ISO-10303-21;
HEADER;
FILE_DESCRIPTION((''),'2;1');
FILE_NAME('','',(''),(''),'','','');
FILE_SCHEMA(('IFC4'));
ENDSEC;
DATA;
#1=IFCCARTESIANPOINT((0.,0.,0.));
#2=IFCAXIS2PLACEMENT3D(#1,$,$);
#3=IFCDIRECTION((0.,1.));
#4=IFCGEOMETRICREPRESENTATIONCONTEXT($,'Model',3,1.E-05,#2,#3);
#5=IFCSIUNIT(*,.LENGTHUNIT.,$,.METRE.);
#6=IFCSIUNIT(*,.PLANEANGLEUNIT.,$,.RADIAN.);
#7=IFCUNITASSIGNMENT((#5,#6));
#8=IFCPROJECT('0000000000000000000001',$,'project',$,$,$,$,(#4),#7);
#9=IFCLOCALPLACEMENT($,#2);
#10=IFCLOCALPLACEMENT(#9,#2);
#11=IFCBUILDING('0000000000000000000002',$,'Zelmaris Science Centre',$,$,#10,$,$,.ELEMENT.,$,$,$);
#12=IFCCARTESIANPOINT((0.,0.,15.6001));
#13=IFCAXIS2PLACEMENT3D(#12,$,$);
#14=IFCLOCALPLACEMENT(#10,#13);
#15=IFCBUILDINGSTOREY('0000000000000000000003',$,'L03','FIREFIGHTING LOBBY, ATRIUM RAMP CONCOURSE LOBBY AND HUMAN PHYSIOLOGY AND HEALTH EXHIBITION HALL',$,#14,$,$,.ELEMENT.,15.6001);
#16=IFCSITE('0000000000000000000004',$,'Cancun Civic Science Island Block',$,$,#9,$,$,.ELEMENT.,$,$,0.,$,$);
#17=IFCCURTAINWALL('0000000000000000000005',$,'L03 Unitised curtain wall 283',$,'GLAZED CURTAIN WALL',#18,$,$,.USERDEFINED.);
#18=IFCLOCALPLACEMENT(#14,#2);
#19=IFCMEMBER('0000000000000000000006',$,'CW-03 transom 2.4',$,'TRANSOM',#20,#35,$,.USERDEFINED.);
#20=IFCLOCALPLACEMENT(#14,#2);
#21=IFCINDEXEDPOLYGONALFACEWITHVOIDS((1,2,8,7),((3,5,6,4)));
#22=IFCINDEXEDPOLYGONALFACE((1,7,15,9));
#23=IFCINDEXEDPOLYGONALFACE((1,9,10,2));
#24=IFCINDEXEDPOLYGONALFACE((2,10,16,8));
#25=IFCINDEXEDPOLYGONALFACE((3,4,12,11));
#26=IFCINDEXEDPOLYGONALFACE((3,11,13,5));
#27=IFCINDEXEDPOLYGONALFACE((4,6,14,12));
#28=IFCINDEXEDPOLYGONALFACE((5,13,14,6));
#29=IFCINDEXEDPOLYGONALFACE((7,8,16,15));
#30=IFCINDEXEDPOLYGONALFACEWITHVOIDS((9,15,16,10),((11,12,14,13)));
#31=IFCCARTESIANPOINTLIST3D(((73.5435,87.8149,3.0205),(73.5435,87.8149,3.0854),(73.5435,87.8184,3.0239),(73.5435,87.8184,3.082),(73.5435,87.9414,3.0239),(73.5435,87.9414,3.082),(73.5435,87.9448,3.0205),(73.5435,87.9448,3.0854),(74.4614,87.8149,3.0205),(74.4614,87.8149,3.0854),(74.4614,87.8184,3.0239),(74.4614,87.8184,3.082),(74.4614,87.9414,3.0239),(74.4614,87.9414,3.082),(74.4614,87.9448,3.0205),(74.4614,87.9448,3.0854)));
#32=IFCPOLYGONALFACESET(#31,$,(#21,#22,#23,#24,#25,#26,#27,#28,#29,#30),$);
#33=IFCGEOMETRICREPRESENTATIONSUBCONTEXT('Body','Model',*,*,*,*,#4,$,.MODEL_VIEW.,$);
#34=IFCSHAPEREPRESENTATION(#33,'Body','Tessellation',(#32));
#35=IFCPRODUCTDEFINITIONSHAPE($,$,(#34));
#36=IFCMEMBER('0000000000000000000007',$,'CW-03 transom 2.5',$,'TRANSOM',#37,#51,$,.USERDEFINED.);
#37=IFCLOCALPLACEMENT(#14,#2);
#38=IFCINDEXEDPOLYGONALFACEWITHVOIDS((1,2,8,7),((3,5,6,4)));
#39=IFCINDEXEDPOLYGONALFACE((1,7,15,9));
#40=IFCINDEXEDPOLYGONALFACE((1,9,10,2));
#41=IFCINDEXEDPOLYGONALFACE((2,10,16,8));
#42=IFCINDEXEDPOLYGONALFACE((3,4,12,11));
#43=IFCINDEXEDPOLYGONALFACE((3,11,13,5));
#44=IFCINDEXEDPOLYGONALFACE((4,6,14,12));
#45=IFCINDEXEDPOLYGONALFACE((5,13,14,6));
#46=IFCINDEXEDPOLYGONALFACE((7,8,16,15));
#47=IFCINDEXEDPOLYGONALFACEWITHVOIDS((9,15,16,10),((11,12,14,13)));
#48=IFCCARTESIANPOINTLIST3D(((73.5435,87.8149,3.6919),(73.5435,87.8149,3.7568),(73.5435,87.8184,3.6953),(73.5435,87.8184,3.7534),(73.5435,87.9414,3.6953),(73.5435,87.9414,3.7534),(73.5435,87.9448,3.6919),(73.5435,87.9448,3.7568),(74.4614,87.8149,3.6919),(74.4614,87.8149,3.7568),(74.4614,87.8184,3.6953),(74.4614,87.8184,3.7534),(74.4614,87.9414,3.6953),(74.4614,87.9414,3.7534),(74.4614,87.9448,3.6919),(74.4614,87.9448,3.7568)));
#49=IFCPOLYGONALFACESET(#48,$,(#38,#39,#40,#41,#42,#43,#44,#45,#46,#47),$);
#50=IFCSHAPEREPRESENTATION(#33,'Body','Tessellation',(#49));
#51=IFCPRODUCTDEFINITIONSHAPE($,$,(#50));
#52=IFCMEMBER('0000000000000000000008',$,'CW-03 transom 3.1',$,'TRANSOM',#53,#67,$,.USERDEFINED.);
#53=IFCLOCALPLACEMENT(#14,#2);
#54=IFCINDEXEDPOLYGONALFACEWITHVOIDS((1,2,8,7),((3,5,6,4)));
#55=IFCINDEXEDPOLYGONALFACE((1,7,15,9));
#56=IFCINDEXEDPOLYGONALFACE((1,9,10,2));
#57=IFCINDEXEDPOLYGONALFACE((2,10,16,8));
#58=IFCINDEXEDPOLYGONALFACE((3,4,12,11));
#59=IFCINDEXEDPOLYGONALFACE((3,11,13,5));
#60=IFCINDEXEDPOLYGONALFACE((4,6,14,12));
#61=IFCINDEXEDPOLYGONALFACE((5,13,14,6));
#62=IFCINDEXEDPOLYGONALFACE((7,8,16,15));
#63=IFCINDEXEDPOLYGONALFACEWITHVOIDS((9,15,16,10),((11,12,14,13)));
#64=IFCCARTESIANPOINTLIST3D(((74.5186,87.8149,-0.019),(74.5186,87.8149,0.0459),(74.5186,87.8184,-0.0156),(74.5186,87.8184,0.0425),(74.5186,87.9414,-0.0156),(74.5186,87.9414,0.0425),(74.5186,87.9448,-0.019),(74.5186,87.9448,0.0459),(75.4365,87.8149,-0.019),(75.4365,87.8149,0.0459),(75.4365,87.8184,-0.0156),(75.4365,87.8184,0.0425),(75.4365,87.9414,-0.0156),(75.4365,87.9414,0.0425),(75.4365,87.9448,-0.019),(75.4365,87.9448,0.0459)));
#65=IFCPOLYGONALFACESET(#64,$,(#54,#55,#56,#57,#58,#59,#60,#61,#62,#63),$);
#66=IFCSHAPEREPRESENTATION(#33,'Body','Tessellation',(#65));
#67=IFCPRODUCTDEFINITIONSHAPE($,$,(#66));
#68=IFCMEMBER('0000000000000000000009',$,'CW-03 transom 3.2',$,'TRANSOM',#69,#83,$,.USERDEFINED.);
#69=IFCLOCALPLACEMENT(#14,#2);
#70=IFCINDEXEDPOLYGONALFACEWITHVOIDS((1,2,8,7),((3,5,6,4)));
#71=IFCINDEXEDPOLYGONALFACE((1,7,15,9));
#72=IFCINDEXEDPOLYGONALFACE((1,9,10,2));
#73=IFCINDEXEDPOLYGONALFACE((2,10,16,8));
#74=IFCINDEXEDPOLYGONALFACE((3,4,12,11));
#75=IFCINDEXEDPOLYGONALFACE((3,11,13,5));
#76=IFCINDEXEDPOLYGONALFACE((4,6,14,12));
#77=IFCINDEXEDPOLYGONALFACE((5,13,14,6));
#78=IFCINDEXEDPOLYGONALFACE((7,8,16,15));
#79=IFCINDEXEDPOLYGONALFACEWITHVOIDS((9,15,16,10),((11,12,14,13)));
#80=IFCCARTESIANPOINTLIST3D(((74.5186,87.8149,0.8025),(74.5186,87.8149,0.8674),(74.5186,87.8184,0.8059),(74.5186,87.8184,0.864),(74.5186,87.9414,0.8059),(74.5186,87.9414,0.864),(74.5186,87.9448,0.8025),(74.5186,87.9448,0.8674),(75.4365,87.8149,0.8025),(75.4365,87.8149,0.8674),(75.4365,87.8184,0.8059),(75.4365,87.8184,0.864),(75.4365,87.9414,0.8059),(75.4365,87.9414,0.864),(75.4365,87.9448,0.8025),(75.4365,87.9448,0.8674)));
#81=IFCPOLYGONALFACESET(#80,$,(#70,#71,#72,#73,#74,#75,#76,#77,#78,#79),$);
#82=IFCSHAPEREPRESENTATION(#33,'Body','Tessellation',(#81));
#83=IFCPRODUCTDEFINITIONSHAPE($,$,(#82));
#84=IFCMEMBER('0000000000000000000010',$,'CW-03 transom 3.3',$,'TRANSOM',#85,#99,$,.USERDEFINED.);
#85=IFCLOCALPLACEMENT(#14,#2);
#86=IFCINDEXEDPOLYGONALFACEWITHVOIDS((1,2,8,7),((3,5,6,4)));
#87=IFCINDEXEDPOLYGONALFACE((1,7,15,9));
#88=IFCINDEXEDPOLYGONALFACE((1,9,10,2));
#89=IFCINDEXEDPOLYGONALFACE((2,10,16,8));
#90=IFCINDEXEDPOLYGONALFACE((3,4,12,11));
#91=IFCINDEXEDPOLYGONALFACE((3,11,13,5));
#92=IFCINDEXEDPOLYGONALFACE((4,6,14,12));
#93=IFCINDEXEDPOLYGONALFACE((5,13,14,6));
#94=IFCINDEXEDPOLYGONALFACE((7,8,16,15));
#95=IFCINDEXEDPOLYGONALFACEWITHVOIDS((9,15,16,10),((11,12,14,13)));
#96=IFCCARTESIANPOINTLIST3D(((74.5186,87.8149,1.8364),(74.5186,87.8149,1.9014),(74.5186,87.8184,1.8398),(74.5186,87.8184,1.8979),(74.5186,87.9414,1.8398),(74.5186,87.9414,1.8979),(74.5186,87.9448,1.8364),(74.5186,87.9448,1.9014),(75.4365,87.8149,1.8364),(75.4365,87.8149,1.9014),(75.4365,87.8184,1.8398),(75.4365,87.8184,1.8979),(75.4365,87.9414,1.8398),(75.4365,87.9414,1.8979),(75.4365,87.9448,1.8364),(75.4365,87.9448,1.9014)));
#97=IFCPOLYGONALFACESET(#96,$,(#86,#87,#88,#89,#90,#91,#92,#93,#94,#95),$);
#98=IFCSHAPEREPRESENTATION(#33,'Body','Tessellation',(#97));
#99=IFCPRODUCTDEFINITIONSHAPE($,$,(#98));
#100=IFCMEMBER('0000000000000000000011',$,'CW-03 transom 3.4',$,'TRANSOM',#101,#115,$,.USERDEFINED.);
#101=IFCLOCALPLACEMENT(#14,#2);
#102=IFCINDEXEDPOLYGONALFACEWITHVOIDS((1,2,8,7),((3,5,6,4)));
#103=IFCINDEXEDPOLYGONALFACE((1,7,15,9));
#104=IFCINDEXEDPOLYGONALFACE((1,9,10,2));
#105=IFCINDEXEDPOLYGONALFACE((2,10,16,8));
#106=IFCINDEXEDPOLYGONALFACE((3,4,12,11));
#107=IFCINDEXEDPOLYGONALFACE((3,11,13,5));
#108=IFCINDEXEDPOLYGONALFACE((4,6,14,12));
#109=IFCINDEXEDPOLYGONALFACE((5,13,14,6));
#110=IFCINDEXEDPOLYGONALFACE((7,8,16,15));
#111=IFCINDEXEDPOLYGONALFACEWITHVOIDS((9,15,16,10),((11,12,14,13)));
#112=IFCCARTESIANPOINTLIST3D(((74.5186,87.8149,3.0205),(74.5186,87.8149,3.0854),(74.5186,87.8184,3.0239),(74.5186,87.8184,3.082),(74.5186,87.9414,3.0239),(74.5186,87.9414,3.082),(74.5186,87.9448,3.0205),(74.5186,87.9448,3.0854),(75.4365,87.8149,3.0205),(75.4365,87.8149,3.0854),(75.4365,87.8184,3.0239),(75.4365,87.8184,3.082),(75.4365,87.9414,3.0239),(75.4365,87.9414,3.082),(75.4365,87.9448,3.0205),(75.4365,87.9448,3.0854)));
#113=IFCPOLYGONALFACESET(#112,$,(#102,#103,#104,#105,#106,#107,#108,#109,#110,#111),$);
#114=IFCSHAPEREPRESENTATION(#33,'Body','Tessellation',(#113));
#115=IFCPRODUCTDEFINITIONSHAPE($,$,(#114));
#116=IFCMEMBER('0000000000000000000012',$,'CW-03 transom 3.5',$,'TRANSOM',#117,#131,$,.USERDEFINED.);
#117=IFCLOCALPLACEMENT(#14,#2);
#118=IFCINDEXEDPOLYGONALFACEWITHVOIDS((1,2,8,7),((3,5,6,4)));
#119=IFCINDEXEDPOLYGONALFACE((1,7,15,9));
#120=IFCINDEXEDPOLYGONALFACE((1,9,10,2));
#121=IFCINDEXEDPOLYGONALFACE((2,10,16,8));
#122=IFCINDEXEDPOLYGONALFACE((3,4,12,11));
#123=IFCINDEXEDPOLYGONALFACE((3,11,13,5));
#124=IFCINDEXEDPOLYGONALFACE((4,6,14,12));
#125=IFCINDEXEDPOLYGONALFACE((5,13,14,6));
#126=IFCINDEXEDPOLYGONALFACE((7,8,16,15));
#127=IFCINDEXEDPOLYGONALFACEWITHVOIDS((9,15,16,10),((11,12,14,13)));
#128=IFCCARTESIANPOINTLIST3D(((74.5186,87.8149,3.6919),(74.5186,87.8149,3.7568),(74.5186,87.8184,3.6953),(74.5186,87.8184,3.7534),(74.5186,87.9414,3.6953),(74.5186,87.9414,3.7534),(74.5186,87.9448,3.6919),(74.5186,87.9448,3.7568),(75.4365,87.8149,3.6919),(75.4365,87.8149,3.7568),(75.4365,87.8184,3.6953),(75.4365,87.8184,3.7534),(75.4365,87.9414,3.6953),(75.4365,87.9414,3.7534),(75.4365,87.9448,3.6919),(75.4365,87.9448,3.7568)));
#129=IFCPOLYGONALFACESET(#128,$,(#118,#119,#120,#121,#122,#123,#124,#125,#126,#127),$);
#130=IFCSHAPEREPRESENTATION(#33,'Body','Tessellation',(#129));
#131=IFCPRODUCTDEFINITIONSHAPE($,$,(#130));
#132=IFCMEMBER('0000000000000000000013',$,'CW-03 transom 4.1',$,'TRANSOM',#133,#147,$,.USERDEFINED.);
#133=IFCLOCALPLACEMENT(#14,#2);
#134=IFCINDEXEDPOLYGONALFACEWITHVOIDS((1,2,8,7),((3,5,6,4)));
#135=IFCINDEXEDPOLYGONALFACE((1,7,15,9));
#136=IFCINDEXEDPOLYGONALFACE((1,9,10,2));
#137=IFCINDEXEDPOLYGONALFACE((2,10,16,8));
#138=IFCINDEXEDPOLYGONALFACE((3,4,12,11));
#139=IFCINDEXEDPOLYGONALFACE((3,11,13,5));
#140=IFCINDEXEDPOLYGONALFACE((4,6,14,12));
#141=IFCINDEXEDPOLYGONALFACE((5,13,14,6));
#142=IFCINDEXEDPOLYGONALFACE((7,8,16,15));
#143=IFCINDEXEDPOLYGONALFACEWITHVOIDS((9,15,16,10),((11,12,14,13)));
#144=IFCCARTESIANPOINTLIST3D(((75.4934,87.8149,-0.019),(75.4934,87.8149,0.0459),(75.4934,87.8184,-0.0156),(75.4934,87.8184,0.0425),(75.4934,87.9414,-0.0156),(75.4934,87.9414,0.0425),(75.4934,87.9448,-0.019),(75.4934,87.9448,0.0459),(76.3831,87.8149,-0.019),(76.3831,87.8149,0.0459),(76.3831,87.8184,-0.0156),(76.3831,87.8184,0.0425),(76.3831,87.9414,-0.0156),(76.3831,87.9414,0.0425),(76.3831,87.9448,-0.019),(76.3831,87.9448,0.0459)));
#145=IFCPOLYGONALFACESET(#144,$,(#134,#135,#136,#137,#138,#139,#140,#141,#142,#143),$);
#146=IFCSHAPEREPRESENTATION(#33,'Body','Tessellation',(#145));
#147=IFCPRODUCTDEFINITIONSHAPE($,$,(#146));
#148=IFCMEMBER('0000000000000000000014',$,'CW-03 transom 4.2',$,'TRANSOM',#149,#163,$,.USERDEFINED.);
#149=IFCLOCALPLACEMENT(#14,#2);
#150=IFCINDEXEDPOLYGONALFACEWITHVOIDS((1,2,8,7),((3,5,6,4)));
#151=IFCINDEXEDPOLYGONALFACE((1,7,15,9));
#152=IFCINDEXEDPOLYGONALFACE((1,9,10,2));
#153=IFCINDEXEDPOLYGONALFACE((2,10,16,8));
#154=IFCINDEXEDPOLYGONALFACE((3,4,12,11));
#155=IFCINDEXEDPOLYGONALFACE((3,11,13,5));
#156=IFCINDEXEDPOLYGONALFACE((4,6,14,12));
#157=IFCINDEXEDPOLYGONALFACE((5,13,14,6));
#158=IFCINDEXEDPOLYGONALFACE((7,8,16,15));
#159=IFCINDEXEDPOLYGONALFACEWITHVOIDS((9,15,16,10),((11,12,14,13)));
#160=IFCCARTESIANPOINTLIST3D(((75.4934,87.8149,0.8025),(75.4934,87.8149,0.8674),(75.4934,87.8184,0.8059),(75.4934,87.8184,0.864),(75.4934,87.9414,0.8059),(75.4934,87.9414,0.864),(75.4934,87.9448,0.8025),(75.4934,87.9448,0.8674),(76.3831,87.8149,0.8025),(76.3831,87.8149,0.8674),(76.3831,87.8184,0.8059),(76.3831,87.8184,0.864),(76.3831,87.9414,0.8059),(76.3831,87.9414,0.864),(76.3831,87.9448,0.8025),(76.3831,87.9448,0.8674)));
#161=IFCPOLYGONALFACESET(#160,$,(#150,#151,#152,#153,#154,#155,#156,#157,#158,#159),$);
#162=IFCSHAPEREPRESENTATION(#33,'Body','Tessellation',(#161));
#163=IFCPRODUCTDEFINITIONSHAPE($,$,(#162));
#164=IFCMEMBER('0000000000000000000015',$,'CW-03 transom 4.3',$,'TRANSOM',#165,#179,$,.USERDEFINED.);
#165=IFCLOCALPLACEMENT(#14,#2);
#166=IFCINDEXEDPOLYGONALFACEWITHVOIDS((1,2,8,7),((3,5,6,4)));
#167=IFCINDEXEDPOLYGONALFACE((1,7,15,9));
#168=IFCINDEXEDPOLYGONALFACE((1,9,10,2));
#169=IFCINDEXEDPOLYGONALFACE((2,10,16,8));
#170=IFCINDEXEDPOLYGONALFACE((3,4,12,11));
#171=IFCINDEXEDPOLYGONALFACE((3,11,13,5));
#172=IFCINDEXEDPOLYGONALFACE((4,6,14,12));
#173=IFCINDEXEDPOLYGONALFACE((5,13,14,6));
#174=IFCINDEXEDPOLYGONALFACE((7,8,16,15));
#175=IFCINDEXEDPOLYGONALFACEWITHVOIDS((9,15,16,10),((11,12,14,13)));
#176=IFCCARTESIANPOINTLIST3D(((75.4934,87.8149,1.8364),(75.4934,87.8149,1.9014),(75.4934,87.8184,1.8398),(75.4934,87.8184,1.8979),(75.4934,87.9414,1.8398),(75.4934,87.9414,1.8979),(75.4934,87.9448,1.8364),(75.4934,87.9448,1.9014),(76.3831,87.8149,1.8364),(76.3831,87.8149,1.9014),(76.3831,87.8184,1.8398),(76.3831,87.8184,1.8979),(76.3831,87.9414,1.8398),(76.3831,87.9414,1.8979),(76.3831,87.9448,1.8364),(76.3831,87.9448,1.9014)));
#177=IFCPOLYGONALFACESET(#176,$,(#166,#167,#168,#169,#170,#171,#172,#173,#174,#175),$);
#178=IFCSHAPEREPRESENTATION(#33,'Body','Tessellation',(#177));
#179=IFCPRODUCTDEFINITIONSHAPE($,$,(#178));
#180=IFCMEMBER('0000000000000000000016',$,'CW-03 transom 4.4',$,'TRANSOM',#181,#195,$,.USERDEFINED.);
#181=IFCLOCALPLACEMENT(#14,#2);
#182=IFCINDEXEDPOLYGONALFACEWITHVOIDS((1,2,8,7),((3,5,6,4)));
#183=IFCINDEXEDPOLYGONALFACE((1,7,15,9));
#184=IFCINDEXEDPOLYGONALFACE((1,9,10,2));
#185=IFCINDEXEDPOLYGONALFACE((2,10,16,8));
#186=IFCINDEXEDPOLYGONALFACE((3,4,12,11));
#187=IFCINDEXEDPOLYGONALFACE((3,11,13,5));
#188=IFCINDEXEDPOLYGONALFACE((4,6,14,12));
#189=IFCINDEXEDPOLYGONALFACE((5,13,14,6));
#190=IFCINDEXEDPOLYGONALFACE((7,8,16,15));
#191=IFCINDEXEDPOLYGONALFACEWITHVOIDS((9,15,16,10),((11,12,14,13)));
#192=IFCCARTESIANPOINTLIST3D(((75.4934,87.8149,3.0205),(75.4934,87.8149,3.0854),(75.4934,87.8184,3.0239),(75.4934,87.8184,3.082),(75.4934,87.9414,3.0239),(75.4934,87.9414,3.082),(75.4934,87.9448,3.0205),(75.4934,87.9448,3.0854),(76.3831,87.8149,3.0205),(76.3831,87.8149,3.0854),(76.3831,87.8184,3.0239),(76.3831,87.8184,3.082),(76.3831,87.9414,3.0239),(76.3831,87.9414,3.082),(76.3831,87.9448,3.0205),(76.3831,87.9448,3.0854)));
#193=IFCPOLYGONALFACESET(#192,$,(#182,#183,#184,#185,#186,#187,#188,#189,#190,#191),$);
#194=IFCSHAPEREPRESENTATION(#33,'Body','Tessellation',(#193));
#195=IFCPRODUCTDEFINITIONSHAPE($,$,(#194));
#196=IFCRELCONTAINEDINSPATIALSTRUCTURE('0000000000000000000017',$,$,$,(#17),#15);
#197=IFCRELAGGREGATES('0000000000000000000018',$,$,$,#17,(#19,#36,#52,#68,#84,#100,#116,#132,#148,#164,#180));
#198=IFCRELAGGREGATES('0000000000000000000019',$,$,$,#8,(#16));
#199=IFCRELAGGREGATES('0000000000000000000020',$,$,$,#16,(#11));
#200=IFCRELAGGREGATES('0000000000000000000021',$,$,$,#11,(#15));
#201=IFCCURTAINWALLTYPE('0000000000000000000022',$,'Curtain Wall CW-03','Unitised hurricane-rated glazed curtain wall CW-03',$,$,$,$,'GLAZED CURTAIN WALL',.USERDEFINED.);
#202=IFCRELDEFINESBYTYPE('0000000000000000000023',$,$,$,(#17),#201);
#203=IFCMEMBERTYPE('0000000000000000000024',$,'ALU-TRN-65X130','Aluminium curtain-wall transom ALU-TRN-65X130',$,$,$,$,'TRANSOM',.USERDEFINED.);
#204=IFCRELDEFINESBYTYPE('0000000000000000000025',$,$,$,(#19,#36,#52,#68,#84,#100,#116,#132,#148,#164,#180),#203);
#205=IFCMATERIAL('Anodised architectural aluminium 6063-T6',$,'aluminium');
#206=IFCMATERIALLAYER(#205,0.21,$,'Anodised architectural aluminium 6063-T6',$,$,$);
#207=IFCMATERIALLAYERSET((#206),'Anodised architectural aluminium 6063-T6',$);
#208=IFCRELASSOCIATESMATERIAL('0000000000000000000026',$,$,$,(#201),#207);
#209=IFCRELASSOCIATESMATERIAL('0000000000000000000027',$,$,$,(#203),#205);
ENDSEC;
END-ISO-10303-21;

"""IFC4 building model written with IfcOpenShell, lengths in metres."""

from ifc_helpers import new_model, si_unit, direction, frame, origin, origin_2d, place, context, subcontext, project, spatial, hollow_rectangle, extrude, material, layer, layer_set, material_profile, profile_set, type_object, element, aggregate, save


model = new_model("IFC4")

# Units and contexts
model_context = context("Model", 3, precision=1e-05, world=origin(), true_north=direction((0.0, 1.0)))
body_context = subcontext(model_context, "Body", "Model", "MODEL_VIEW")
ifc_project = project(units=[si_unit("LENGTHUNIT", "METRE"), si_unit("PLANEANGLEUNIT", "RADIAN")], contexts=[model_context])

# Site, building, storey
site_placement = place(None, origin())
site = spatial("IfcSite", under=ifc_project, at=site_placement, Name="Cancun Civic Science Island Block", CompositionType="ELEMENT", RefElevation=0.0)
building_placement = place(site_placement, origin())
building = spatial("IfcBuilding", under=site, at=building_placement, Name="Zelmaris Science Centre", CompositionType="ELEMENT")
storey_placement = place(building_placement, frame((0.0, 0.0, 15.6001)))
storey = spatial("IfcBuildingStorey", under=building, at=storey_placement, Name="L03", Description="FIREFIGHTING LOBBY, ATRIUM RAMP CONCOURSE LOBBY AND HUMAN PHYSIOLOGY AND HEALTH EXHIBITION HALL", CompositionType="ELEMENT", Elevation=15.6001)

# Curtain wall
ifc_material_1 = material(Name="Anodised architectural aluminium 6063-T6", Category="aluminium")
ifc_layer_1 = layer(ifc_material_1, 0.21, Name="Anodised architectural aluminium 6063-T6")
ifc_layer_set_1 = layer_set([ifc_layer_1], Name="Anodised architectural aluminium 6063-T6")
curtain_wall_type_1 = type_object("IfcCurtainWallType", Name="Curtain Wall CW-03", Description="Unitised hurricane-rated glazed curtain wall CW-03", ElementType="GLAZED CURTAIN WALL", PredefinedType="USERDEFINED", material=ifc_layer_set_1)
curtain_wall_1_placement = place(storey_placement, origin())
curtain_wall_1 = element("IfcCurtainWall", 1, at=curtain_wall_1_placement, inside=storey, type_object=curtain_wall_type_1, Name="L03 Unitised curtain wall 283", ObjectType="GLAZED CURTAIN WALL", PredefinedType="USERDEFINED")

# Members
ifc_material_profile_1 = material_profile(ifc_material_1, hollow_rectangle(XDim=0.0649, YDim=0.1299, WallThickness=0.0034, at=origin_2d()), Name="ALU-TRN-65X130")
ifc_profile_set_1 = profile_set([ifc_material_profile_1], Name="Anodised architectural aluminium 6063-T6")
member_type_1 = type_object("IfcMemberType", Name="ALU-TRN-65X130", Description="Aluminium curtain-wall transom ALU-TRN-65X130", ElementType="TRANSOM", PredefinedType="USERDEFINED", material=ifc_profile_set_1)
member_1_placement = place(storey_placement, frame((73.5435, 87.8799, 3.053), z_axis=(1.0, 0.0, 0.0), x_axis=(0.0, 0.0, 1.0)))
member_1 = element("IfcMember", 2, at=member_1_placement, type_object=member_type_1, Name="CW-03 transom 2.4", ObjectType="TRANSOM", PredefinedType="USERDEFINED", context=body_context, shape_type="SweptSolid", body=[
    extrude(hollow_rectangle(XDim=0.0649, YDim=0.1299, WallThickness=0.0034, at=origin_2d()), origin(), (0.0, 0.0, 1.0), 0.918),
])
member_2_placement = place(storey_placement, frame((73.5435, 87.8799, 3.7244), z_axis=(1.0, 0.0, 0.0), x_axis=(0.0, 0.0, 1.0)))
member_2 = element("IfcMember", 3, at=member_2_placement, type_object=member_type_1, Name="CW-03 transom 2.5", ObjectType="TRANSOM", PredefinedType="USERDEFINED", context=body_context, shape_type="SweptSolid", body=[
    extrude(hollow_rectangle(XDim=0.0649, YDim=0.1299, WallThickness=0.0034, at=origin_2d()), origin(), (0.0, 0.0, 1.0), 0.918),
])
member_3_placement = place(storey_placement, frame((74.5186, 87.8799, 0.0134), z_axis=(1.0, 0.0, 0.0), x_axis=(0.0, 0.0, 1.0)))
member_3 = element("IfcMember", 4, at=member_3_placement, type_object=member_type_1, Name="CW-03 transom 3.1", ObjectType="TRANSOM", PredefinedType="USERDEFINED", context=body_context, shape_type="SweptSolid", body=[
    extrude(hollow_rectangle(XDim=0.0649, YDim=0.1299, WallThickness=0.0034, at=origin_2d()), origin(), (0.0, 0.0, 1.0), 0.918),
])
member_4_placement = place(storey_placement, frame((74.5186, 87.8799, 0.835), z_axis=(1.0, 0.0, 0.0), x_axis=(0.0, 0.0, 1.0)))
member_4 = element("IfcMember", 5, at=member_4_placement, type_object=member_type_1, Name="CW-03 transom 3.2", ObjectType="TRANSOM", PredefinedType="USERDEFINED", context=body_context, shape_type="SweptSolid", body=[
    extrude(hollow_rectangle(XDim=0.0649, YDim=0.1299, WallThickness=0.0034, at=origin_2d()), origin(), (0.0, 0.0, 1.0), 0.918),
])
member_5_placement = place(storey_placement, frame((74.5186, 87.8799, 1.8689), z_axis=(1.0, 0.0, 0.0), x_axis=(0.0, 0.0, 1.0)))
member_5 = element("IfcMember", 6, at=member_5_placement, type_object=member_type_1, Name="CW-03 transom 3.3", ObjectType="TRANSOM", PredefinedType="USERDEFINED", context=body_context, shape_type="SweptSolid", body=[
    extrude(hollow_rectangle(XDim=0.0649, YDim=0.1299, WallThickness=0.0034, at=origin_2d()), origin(), (0.0, 0.0, 1.0), 0.918),
])
member_6_placement = place(storey_placement, frame((74.5186, 87.8799, 3.053), z_axis=(1.0, 0.0, 0.0), x_axis=(0.0, 0.0, 1.0)))
member_6 = element("IfcMember", 7, at=member_6_placement, type_object=member_type_1, Name="CW-03 transom 3.4", ObjectType="TRANSOM", PredefinedType="USERDEFINED", context=body_context, shape_type="SweptSolid", body=[
    extrude(hollow_rectangle(XDim=0.0649, YDim=0.1299, WallThickness=0.0034, at=origin_2d()), origin(), (0.0, 0.0, 1.0), 0.918),
])
member_7_placement = place(storey_placement, frame((74.5186, 87.8799, 3.7244), z_axis=(1.0, 0.0, 0.0), x_axis=(0.0, 0.0, 1.0)))
member_7 = element("IfcMember", 8, at=member_7_placement, type_object=member_type_1, Name="CW-03 transom 3.5", ObjectType="TRANSOM", PredefinedType="USERDEFINED", context=body_context, shape_type="SweptSolid", body=[
    extrude(hollow_rectangle(XDim=0.0649, YDim=0.1299, WallThickness=0.0034, at=origin_2d()), origin(), (0.0, 0.0, 1.0), 0.918),
])
member_8_placement = place(storey_placement, frame((75.4934, 87.8799, 0.0134), z_axis=(1.0, 0.0, 0.0), x_axis=(0.0, 0.0, 1.0)))
member_8 = element("IfcMember", 9, at=member_8_placement, type_object=member_type_1, Name="CW-03 transom 4.1", ObjectType="TRANSOM", PredefinedType="USERDEFINED", context=body_context, shape_type="SweptSolid", body=[
    extrude(hollow_rectangle(XDim=0.0649, YDim=0.1299, WallThickness=0.0034, at=origin_2d()), origin(), (0.0, 0.0, 1.0), 0.8896),
])
member_9_placement = place(storey_placement, frame((75.4934, 87.8799, 0.835), z_axis=(1.0, 0.0, 0.0), x_axis=(0.0, 0.0, 1.0)))
member_9 = element("IfcMember", 10, at=member_9_placement, type_object=member_type_1, Name="CW-03 transom 4.2", ObjectType="TRANSOM", PredefinedType="USERDEFINED", context=body_context, shape_type="SweptSolid", body=[
    extrude(hollow_rectangle(XDim=0.0649, YDim=0.1299, WallThickness=0.0034, at=origin_2d()), origin(), (0.0, 0.0, 1.0), 0.8896),
])
member_10_placement = place(storey_placement, frame((75.4934, 87.8799, 1.8689), z_axis=(1.0, 0.0, 0.0), x_axis=(0.0, 0.0, 1.0)))
member_10 = element("IfcMember", 11, at=member_10_placement, type_object=member_type_1, Name="CW-03 transom 4.3", ObjectType="TRANSOM", PredefinedType="USERDEFINED", context=body_context, shape_type="SweptSolid", body=[
    extrude(hollow_rectangle(XDim=0.0649, YDim=0.1299, WallThickness=0.0034, at=origin_2d()), origin(), (0.0, 0.0, 1.0), 0.8896),
])
member_11_placement = place(storey_placement, frame((75.4934, 87.8799, 3.053), z_axis=(1.0, 0.0, 0.0), x_axis=(0.0, 0.0, 1.0)))
member_11 = element("IfcMember", 12, at=member_11_placement, type_object=member_type_1, Name="CW-03 transom 4.4", ObjectType="TRANSOM", PredefinedType="USERDEFINED", context=body_context, shape_type="SweptSolid", body=[
    extrude(hollow_rectangle(XDim=0.0649, YDim=0.1299, WallThickness=0.0034, at=origin_2d()), origin(), (0.0, 0.0, 1.0), 0.8896),
])

aggregate(curtain_wall_1, [member_1, member_2, member_3, member_4, member_5, member_6, member_7, member_8, member_9, member_10, member_11])

save(model, "model.ifc")
